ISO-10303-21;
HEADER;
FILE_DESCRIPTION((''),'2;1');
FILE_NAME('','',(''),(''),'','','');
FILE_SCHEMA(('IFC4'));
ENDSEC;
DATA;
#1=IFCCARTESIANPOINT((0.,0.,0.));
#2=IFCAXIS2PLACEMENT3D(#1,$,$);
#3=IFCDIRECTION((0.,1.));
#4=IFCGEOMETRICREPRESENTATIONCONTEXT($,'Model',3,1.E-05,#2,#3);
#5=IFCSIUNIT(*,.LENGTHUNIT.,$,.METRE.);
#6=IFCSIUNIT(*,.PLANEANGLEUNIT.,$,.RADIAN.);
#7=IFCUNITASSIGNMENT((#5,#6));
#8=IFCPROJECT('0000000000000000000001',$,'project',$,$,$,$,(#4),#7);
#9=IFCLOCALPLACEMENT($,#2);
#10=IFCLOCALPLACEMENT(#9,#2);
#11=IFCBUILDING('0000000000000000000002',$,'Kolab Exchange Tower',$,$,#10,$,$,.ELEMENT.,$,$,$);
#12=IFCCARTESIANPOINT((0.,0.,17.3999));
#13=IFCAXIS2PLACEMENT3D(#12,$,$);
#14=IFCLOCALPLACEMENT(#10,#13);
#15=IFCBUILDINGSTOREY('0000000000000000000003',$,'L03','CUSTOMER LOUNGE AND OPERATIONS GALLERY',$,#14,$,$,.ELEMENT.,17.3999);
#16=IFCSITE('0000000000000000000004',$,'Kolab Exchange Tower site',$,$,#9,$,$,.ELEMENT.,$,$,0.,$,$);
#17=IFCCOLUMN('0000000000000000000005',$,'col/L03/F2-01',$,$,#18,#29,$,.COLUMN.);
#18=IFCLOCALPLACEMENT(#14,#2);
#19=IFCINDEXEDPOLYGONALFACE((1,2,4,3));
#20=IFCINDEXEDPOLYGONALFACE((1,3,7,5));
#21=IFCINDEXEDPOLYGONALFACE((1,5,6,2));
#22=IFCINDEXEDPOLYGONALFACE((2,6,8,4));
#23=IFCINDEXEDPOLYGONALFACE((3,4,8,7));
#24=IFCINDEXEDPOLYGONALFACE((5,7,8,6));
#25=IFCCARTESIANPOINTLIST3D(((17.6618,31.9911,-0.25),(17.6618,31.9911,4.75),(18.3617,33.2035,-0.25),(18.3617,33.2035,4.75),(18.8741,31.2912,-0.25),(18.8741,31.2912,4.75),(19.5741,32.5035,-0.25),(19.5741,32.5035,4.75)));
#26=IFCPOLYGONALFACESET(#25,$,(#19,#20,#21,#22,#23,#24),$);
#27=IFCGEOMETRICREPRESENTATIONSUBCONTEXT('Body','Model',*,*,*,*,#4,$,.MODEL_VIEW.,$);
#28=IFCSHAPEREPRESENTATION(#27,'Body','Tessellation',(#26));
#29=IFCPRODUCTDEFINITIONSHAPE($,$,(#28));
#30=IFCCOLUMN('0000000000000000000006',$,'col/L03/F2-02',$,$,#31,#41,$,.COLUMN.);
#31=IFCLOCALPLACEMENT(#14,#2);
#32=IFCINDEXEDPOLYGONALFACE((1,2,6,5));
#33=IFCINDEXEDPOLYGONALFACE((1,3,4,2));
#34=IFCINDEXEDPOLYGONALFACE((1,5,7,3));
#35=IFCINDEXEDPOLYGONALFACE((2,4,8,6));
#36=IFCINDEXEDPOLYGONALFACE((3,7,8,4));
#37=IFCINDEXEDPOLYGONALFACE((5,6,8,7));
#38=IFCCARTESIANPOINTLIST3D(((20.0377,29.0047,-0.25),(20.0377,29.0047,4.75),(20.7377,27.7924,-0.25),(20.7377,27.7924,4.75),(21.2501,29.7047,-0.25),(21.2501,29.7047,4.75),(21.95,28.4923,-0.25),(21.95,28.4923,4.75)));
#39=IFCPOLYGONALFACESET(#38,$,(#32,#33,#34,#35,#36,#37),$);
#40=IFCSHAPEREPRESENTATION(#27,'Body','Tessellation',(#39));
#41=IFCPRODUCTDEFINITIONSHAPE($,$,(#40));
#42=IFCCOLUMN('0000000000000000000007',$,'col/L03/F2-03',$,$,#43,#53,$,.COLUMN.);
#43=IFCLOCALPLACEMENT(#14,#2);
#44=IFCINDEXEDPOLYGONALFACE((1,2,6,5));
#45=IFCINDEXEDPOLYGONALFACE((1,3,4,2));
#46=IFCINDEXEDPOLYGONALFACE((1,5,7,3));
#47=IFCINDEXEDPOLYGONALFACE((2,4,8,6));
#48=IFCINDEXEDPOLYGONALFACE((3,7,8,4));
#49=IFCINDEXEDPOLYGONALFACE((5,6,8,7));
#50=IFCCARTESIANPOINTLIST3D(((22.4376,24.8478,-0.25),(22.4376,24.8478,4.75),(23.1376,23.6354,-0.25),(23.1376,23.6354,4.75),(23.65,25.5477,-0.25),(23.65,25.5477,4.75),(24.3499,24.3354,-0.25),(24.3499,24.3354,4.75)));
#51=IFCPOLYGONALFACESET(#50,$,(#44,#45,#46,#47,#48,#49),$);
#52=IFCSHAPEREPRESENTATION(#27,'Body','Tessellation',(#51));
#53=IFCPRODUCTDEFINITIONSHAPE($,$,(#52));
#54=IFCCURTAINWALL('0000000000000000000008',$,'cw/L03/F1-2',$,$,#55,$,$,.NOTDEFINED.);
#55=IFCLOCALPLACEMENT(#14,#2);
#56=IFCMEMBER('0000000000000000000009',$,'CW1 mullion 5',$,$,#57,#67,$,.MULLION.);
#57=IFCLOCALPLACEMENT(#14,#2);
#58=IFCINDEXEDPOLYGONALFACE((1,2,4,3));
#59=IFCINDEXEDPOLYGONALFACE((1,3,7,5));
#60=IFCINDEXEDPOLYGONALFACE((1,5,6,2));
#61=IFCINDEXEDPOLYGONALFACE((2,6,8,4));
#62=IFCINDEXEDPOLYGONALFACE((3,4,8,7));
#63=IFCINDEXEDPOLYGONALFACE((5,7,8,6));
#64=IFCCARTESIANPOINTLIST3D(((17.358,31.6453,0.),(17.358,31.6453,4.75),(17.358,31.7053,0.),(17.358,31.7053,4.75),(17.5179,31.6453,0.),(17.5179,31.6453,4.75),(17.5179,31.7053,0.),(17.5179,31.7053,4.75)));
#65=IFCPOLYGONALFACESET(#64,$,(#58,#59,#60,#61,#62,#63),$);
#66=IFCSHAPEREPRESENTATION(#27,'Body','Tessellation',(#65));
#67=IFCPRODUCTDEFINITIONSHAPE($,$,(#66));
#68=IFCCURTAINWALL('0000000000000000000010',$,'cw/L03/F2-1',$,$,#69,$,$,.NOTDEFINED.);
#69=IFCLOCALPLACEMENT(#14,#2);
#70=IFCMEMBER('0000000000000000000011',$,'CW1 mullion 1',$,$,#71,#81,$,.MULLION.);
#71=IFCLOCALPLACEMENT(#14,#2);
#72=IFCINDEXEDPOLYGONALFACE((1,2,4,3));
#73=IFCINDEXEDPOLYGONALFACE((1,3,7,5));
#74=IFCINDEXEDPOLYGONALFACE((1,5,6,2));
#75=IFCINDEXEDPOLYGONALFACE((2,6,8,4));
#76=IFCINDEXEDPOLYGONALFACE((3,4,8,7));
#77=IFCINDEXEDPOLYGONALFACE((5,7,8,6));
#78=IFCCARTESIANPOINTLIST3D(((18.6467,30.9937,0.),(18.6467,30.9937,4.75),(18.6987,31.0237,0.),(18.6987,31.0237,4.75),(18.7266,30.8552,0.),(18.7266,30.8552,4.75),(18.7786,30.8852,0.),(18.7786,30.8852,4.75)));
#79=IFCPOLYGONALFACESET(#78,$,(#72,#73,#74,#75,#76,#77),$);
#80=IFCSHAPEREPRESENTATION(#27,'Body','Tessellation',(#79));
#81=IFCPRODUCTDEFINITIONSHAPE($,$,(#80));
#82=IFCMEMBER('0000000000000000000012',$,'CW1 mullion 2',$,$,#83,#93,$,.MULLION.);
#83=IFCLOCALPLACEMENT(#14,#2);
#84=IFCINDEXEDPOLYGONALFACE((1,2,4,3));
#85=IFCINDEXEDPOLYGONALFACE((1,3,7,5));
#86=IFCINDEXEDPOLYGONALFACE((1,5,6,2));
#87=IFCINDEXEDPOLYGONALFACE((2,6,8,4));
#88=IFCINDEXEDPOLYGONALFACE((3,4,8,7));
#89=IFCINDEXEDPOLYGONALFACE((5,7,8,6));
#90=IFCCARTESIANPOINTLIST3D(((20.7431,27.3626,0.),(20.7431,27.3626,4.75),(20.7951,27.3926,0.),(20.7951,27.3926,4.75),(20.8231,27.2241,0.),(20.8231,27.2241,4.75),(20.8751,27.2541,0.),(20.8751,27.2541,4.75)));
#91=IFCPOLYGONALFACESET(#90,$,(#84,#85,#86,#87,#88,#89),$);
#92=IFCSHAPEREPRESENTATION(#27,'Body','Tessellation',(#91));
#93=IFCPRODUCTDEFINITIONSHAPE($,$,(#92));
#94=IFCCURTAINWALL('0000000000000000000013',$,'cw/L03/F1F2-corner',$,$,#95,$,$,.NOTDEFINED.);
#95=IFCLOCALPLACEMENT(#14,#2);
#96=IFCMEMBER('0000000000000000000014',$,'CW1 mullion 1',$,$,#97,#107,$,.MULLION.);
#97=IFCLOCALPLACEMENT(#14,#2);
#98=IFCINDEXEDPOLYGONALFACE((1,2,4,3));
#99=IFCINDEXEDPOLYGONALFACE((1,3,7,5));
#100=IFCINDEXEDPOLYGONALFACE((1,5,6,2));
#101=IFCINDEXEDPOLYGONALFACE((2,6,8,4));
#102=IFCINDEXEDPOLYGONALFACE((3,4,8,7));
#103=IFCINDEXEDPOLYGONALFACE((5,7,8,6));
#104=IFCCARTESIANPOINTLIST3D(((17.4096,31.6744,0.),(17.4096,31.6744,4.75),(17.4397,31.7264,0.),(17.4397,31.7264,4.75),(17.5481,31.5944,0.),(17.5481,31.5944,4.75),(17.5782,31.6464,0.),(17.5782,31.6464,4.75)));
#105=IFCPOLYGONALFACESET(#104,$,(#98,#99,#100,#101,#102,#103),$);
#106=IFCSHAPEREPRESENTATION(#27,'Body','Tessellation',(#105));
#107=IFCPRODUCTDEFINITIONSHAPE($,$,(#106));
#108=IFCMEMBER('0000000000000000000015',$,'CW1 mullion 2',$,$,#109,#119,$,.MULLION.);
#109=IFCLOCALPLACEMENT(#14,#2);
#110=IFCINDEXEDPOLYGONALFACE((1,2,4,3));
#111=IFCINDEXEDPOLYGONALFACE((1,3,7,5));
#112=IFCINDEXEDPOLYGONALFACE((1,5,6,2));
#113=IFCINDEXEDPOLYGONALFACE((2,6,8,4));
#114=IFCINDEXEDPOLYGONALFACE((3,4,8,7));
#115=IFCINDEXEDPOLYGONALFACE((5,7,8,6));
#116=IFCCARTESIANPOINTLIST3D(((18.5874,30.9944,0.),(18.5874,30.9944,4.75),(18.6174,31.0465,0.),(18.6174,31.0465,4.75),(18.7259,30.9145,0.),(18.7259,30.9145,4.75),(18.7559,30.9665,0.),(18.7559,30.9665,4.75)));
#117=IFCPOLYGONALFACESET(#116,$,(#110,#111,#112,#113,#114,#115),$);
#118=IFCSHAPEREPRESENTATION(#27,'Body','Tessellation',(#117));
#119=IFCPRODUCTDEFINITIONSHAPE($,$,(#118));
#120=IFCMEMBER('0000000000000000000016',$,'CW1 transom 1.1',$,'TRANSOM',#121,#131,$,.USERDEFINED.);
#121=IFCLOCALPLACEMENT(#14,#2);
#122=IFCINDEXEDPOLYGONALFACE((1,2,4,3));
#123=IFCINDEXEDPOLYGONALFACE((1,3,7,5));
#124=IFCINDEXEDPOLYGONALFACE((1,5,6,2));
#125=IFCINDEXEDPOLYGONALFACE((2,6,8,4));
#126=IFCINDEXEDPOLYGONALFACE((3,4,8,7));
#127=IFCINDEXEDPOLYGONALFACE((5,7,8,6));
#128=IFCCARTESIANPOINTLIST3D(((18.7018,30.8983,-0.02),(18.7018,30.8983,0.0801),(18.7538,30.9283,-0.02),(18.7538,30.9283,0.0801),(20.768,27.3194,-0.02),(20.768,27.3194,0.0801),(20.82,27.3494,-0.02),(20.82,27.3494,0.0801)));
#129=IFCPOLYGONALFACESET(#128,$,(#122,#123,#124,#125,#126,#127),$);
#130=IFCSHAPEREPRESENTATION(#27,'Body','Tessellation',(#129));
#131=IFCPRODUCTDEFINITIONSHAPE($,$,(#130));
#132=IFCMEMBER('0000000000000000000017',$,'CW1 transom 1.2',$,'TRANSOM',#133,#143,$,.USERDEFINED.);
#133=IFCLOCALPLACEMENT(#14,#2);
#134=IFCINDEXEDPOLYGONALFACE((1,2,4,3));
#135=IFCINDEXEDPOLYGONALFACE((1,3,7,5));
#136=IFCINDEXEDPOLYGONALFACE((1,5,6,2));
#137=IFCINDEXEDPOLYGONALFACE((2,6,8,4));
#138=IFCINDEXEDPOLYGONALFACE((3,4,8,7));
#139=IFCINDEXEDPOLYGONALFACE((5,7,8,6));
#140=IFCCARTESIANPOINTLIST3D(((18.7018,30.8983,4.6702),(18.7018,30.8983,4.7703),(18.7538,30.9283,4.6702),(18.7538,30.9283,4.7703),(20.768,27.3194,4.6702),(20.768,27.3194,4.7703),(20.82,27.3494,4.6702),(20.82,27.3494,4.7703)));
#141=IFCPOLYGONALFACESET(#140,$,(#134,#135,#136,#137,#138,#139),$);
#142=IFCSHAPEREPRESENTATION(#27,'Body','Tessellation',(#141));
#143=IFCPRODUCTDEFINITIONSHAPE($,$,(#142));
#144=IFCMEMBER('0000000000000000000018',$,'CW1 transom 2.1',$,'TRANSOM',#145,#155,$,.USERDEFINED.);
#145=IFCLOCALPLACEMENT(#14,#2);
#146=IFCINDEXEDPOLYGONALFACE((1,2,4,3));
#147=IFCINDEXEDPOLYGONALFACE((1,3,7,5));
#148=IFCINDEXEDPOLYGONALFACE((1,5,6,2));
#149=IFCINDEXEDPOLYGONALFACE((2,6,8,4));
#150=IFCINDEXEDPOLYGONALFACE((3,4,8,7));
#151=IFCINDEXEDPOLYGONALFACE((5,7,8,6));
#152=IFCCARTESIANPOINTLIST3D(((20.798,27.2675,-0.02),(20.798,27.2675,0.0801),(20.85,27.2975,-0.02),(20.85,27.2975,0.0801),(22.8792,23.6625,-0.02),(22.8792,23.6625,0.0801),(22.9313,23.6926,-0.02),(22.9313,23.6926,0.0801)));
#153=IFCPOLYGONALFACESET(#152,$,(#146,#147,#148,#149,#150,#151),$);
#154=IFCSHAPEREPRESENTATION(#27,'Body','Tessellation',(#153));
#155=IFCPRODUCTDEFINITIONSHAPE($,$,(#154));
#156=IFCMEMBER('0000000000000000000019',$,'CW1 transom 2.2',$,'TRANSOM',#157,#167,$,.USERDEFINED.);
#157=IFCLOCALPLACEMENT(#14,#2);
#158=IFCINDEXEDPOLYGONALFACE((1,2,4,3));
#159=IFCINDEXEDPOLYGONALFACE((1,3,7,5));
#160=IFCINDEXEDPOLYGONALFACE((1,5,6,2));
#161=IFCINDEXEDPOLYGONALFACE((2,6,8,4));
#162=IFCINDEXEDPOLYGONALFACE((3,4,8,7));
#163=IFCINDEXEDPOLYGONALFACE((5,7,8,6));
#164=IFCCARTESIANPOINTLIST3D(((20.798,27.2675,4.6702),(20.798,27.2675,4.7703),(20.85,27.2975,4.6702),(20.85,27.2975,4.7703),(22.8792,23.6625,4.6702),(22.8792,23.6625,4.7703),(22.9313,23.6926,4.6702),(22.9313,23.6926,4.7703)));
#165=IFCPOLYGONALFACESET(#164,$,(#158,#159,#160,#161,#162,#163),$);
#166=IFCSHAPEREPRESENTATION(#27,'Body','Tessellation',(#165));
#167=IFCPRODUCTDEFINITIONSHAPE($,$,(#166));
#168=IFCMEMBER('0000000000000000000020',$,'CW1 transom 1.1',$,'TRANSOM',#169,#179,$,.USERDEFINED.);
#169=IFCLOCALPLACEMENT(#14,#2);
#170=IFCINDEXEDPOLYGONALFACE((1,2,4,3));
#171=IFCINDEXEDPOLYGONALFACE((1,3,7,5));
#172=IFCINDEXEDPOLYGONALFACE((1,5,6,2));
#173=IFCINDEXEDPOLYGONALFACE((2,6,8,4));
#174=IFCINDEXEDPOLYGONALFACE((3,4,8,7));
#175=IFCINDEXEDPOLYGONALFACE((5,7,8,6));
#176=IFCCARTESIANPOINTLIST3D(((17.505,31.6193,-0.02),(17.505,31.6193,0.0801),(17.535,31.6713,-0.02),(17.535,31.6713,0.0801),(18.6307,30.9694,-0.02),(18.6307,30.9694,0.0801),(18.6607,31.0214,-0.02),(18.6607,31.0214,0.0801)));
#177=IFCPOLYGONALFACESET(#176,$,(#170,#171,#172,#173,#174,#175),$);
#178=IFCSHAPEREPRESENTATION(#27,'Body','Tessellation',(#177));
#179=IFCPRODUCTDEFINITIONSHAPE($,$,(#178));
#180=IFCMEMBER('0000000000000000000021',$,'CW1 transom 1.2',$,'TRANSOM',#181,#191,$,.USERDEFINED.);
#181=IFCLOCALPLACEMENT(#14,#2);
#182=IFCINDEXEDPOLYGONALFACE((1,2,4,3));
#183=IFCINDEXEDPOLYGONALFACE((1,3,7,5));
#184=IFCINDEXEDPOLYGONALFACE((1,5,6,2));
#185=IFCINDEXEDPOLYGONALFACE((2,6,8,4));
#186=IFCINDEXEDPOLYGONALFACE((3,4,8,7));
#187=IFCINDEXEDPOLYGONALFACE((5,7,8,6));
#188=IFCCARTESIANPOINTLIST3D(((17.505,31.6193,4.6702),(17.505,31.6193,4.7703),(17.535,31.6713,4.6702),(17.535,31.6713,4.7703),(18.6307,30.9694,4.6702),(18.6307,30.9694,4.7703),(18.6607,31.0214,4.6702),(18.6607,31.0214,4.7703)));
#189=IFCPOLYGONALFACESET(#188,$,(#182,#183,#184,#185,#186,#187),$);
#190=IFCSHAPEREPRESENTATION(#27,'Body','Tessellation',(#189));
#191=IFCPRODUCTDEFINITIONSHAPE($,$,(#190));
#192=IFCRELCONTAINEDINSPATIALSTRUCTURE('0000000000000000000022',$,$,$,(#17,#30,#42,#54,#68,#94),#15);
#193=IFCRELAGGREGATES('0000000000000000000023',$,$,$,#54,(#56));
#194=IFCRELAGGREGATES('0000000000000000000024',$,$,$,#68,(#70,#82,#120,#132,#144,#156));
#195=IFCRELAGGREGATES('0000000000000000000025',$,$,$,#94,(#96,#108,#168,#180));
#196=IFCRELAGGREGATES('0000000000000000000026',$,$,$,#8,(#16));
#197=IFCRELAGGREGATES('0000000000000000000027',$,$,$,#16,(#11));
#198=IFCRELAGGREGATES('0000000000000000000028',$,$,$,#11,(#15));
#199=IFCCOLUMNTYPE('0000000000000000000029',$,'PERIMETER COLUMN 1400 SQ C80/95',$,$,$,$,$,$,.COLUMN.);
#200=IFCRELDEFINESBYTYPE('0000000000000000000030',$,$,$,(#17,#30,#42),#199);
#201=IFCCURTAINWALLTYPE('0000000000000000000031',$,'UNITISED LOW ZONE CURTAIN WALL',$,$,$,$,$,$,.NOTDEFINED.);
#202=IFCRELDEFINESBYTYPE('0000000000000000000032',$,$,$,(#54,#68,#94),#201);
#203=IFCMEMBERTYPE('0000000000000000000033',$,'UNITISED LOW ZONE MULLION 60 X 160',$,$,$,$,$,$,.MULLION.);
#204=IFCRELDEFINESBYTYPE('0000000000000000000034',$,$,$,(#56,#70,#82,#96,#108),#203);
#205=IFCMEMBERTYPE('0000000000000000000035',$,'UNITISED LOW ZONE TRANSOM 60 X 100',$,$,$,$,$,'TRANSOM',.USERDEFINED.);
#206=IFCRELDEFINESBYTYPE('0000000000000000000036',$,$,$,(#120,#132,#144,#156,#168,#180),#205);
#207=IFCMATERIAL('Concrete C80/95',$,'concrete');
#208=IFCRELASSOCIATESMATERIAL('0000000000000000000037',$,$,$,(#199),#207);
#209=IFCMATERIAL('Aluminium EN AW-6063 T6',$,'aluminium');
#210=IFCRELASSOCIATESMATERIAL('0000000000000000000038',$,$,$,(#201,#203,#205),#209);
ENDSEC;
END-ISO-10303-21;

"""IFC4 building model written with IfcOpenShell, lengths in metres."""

from ifc_helpers import new_model, si_unit, direction, frame, origin, origin_2d, place, context, subcontext, project, spatial, rectangle, extrude, material, material_profile, profile_set, type_object, element, aggregate, save


model = new_model("IFC4")

# Units and contexts
model_context = context("Model", 3, precision=1e-05, world=origin(), true_north=direction((0.0, 1.0)))
body_context = subcontext(model_context, "Body", "Model", "MODEL_VIEW")
ifc_project = project(units=[si_unit("LENGTHUNIT", "METRE"), si_unit("PLANEANGLEUNIT", "RADIAN")], contexts=[model_context])

# Site, building, storey
site_placement = place(None, origin())
site = spatial("IfcSite", under=ifc_project, at=site_placement, Name="Kolab Exchange Tower site", CompositionType="ELEMENT", RefElevation=0.0)
building_placement = place(site_placement, origin())
building = spatial("IfcBuilding", under=site, at=building_placement, Name="Kolab Exchange Tower", CompositionType="ELEMENT")
storey_placement = place(building_placement, frame((0.0, 0.0, 17.3999)))
storey = spatial("IfcBuildingStorey", under=building, at=storey_placement, Name="L03", Description="CUSTOMER LOUNGE AND OPERATIONS GALLERY", CompositionType="ELEMENT", Elevation=17.3999)

# Columns
ifc_material_1 = material(Name="Concrete C80/95", Category="concrete")
ifc_material_profile_1 = material_profile(ifc_material_1, rectangle(XDim=1.3999, YDim=1.3999, at=origin_2d()), Name="RC1400")
ifc_profile_set_1 = profile_set([ifc_material_profile_1], Name="Concrete C80/95")
column_type = type_object("IfcColumnType", Name="PERIMETER COLUMN 1400 SQ C80/95", PredefinedType="COLUMN", material=ifc_profile_set_1)
for number, where, z_axis, x_axis, name in (
    (1, (18.6179, 32.2473, -0.25), (0.0, 0.0, 1.0), (0.5, 0.866025, 0.0), "col/L03/F2-01"),
    (2, (20.9939, 28.7485, -0.25), (0.0, 0.0, 1.0), (0.866025, 0.5, 0.0), "col/L03/F2-02"),
    (3, (23.3938, 24.5916, -0.25), (0.0, 0.0, 1.0), (0.866025, 0.5, 0.0), "col/L03/F2-03"),
):
    element("IfcColumn", number, at=place(storey_placement, frame(where, z_axis=z_axis, x_axis=x_axis)), inside=storey, type_object=column_type, Name=name, PredefinedType="COLUMN", context=body_context, shape_type="SweptSolid", body=[
        extrude(rectangle(XDim=1.3999, YDim=1.3999, at=origin_2d()), origin(), (0.0, 0.0, 1.0), 5.0),
    ])

# Curtain wall, member
ifc_material_2 = material(Name="Aluminium EN AW-6063 T6", Category="aluminium")
curtain_wall_type = type_object("IfcCurtainWallType", Name="UNITISED LOW ZONE CURTAIN WALL", PredefinedType="NOTDEFINED", material=ifc_material_2)
curtain_wall_1_placement = place(storey_placement, origin())
curtain_wall_1 = element("IfcCurtainWall", 4, at=curtain_wall_1_placement, inside=storey, type_object=curtain_wall_type, Name="cw/L03/F1-2", PredefinedType="NOTDEFINED")
ifc_material_profile_2 = material_profile(ifc_material_2, rectangle(XDim=0.0601, YDim=0.1599, at=origin_2d()), Name="RECT 60X160")
ifc_profile_set_2 = profile_set([ifc_material_profile_2], Name="Aluminium EN AW-6063 T6")
member_type_1 = type_object("IfcMemberType", Name="UNITISED LOW ZONE MULLION 60 X 160", PredefinedType="MULLION", material=ifc_profile_set_2)
member_1_placement = place(storey_placement, frame((17.438, 31.6753, 0.0), z_axis=(0.0, 0.0, 1.0), x_axis=(0.0, 1.0, 0.0)))
member_1 = element("IfcMember", 5, at=member_1_placement, type_object=member_type_1, Name="CW1 mullion 5", PredefinedType="MULLION", context=body_context, shape_type="SweptSolid", body=[
    extrude(rectangle(XDim=0.0601, YDim=0.1599, at=origin_2d()), origin(), (0.0, 0.0, 1.0), 4.75),
])
aggregate(curtain_wall_1, [member_1])

# Curtain walls, members
curtain_wall_2_placement = place(storey_placement, origin())
curtain_wall_2 = element("IfcCurtainWall", 6, at=curtain_wall_2_placement, inside=storey, type_object=curtain_wall_type, Name="cw/L03/F2-1", PredefinedType="NOTDEFINED")
member_2_placement = place(storey_placement, frame((18.7126, 30.9395, 0.0), z_axis=(0.0, 0.0, 1.0), x_axis=(0.866025, 0.5, 0.0)))
member_2 = element("IfcMember", 7, at=member_2_placement, type_object=member_type_1, Name="CW1 mullion 1", PredefinedType="MULLION", context=body_context, shape_type="SweptSolid", body=[
    extrude(rectangle(XDim=0.0601, YDim=0.1599, at=origin_2d()), origin(), (0.0, 0.0, 1.0), 4.75),
])
member_3_placement = place(storey_placement, frame((20.8091, 27.3083, 0.0), z_axis=(0.0, 0.0, 1.0), x_axis=(0.866025, 0.5, 0.0)))
member_3 = element("IfcMember", 8, at=member_3_placement, type_object=member_type_1, Name="CW1 mullion 2", PredefinedType="MULLION", context=body_context, shape_type="SweptSolid", body=[
    extrude(rectangle(XDim=0.0601, YDim=0.1599, at=origin_2d()), origin(), (0.0, 0.0, 1.0), 4.75),
])
curtain_wall_3_placement = place(storey_placement, origin())
curtain_wall_3 = element("IfcCurtainWall", 9, at=curtain_wall_3_placement, inside=storey, type_object=curtain_wall_type, Name="cw/L03/F1F2-corner", PredefinedType="NOTDEFINED")
member_4_placement = place(storey_placement, frame((17.4939, 31.6604, 0.0), z_axis=(0.0, 0.0, 1.0), x_axis=(0.5, 0.866025, 0.0)))
member_4 = element("IfcMember", 10, at=member_4_placement, type_object=member_type_1, Name="CW1 mullion 1", PredefinedType="MULLION", context=body_context, shape_type="SweptSolid", body=[
    extrude(rectangle(XDim=0.0601, YDim=0.1599, at=origin_2d()), origin(), (0.0, 0.0, 1.0), 4.75),
])
member_5_placement = place(storey_placement, frame((18.6716, 30.9805, 0.0), z_axis=(0.0, 0.0, 1.0), x_axis=(0.5, 0.866025, 0.0)))
member_5 = element("IfcMember", 11, at=member_5_placement, type_object=member_type_1, Name="CW1 mullion 2", PredefinedType="MULLION", context=body_context, shape_type="SweptSolid", body=[
    extrude(rectangle(XDim=0.0601, YDim=0.1599, at=origin_2d()), origin(), (0.0, 0.0, 1.0), 4.75),
])

# Members
ifc_material_profile_3 = material_profile(ifc_material_2, rectangle(XDim=0.0601, YDim=0.1001, at=origin_2d()), Name="RECT 60X100")
ifc_profile_set_3 = profile_set([ifc_material_profile_3], Name="Aluminium EN AW-6063 T6")
member_type_2 = type_object("IfcMemberType", Name="UNITISED LOW ZONE TRANSOM 60 X 100", ElementType="TRANSOM", PredefinedType="USERDEFINED", material=ifc_profile_set_3)
member_6_placement = place(storey_placement, frame((18.7278, 30.9133, 0.03), z_axis=(0.499983, -0.866035, 0.0), x_axis=(0.866035, 0.499983, 0.0)))
member_6 = element("IfcMember", 12, at=member_6_placement, type_object=member_type_2, Name="CW1 transom 1.1", ObjectType="TRANSOM", PredefinedType="USERDEFINED", context=body_context, shape_type="SweptSolid", body=[
    extrude(rectangle(XDim=0.0601, YDim=0.1001, at=origin_2d()), origin(), (0.0, 0.0, 1.0), 4.1326),
])
member_7_placement = place(storey_placement, frame((18.7278, 30.9133, 4.7202), z_axis=(0.499983, -0.866035, 0.0), x_axis=(0.866035, 0.499983, 0.0)))
member_7 = element("IfcMember", 13, at=member_7_placement, type_object=member_type_2, Name="CW1 transom 1.2", ObjectType="TRANSOM", PredefinedType="USERDEFINED", context=body_context, shape_type="SweptSolid", body=[
    extrude(rectangle(XDim=0.0601, YDim=0.1001, at=origin_2d()), origin(), (0.0, 0.0, 1.0), 4.1326),
])
member_8_placement = place(storey_placement, frame((20.824, 27.2825, 0.03), z_axis=(0.499993, -0.866029, 0.0), x_axis=(0.866029, 0.499993, 0.0)))
member_8 = element("IfcMember", 14, at=member_8_placement, type_object=member_type_2, Name="CW1 transom 2.1", ObjectType="TRANSOM", PredefinedType="USERDEFINED", context=body_context, shape_type="SweptSolid", body=[
    extrude(rectangle(XDim=0.0601, YDim=0.1001, at=origin_2d()), origin(), (0.0, 0.0, 1.0), 4.1626),
])
member_9_placement = place(storey_placement, frame((20.824, 27.2825, 4.7202), z_axis=(0.499993, -0.866029, 0.0), x_axis=(0.866029, 0.499993, 0.0)))
member_9 = element("IfcMember", 15, at=member_9_placement, type_object=member_type_2, Name="CW1 transom 2.2", ObjectType="TRANSOM", PredefinedType="USERDEFINED", context=body_context, shape_type="SweptSolid", body=[
    extrude(rectangle(XDim=0.0601, YDim=0.1001, at=origin_2d()), origin(), (0.0, 0.0, 1.0), 4.1626),
])
member_10_placement = place(storey_placement, frame((17.52, 31.6453, 0.03), z_axis=(0.866039, -0.499977, 0.0), x_axis=(0.499977, 0.866039, 0.0)))
member_10 = element("IfcMember", 16, at=member_10_placement, type_object=member_type_2, Name="CW1 transom 1.1", ObjectType="TRANSOM", PredefinedType="USERDEFINED", context=body_context, shape_type="SweptSolid", body=[
    extrude(rectangle(XDim=0.0601, YDim=0.1001, at=origin_2d()), origin(), (0.0, 0.0, 1.0), 1.2998),
])
member_11_placement = place(storey_placement, frame((17.52, 31.6453, 4.7202), z_axis=(0.866039, -0.499977, 0.0), x_axis=(0.499977, 0.866039, 0.0)))
member_11 = element("IfcMember", 17, at=member_11_placement, type_object=member_type_2, Name="CW1 transom 1.2", ObjectType="TRANSOM", PredefinedType="USERDEFINED", context=body_context, shape_type="SweptSolid", body=[
    extrude(rectangle(XDim=0.0601, YDim=0.1001, at=origin_2d()), origin(), (0.0, 0.0, 1.0), 1.2998),
])

aggregate(curtain_wall_2, [member_2, member_3, member_6, member_7, member_8, member_9])
aggregate(curtain_wall_3, [member_4, member_5, member_10, member_11])

save(model, "model.ifc")
